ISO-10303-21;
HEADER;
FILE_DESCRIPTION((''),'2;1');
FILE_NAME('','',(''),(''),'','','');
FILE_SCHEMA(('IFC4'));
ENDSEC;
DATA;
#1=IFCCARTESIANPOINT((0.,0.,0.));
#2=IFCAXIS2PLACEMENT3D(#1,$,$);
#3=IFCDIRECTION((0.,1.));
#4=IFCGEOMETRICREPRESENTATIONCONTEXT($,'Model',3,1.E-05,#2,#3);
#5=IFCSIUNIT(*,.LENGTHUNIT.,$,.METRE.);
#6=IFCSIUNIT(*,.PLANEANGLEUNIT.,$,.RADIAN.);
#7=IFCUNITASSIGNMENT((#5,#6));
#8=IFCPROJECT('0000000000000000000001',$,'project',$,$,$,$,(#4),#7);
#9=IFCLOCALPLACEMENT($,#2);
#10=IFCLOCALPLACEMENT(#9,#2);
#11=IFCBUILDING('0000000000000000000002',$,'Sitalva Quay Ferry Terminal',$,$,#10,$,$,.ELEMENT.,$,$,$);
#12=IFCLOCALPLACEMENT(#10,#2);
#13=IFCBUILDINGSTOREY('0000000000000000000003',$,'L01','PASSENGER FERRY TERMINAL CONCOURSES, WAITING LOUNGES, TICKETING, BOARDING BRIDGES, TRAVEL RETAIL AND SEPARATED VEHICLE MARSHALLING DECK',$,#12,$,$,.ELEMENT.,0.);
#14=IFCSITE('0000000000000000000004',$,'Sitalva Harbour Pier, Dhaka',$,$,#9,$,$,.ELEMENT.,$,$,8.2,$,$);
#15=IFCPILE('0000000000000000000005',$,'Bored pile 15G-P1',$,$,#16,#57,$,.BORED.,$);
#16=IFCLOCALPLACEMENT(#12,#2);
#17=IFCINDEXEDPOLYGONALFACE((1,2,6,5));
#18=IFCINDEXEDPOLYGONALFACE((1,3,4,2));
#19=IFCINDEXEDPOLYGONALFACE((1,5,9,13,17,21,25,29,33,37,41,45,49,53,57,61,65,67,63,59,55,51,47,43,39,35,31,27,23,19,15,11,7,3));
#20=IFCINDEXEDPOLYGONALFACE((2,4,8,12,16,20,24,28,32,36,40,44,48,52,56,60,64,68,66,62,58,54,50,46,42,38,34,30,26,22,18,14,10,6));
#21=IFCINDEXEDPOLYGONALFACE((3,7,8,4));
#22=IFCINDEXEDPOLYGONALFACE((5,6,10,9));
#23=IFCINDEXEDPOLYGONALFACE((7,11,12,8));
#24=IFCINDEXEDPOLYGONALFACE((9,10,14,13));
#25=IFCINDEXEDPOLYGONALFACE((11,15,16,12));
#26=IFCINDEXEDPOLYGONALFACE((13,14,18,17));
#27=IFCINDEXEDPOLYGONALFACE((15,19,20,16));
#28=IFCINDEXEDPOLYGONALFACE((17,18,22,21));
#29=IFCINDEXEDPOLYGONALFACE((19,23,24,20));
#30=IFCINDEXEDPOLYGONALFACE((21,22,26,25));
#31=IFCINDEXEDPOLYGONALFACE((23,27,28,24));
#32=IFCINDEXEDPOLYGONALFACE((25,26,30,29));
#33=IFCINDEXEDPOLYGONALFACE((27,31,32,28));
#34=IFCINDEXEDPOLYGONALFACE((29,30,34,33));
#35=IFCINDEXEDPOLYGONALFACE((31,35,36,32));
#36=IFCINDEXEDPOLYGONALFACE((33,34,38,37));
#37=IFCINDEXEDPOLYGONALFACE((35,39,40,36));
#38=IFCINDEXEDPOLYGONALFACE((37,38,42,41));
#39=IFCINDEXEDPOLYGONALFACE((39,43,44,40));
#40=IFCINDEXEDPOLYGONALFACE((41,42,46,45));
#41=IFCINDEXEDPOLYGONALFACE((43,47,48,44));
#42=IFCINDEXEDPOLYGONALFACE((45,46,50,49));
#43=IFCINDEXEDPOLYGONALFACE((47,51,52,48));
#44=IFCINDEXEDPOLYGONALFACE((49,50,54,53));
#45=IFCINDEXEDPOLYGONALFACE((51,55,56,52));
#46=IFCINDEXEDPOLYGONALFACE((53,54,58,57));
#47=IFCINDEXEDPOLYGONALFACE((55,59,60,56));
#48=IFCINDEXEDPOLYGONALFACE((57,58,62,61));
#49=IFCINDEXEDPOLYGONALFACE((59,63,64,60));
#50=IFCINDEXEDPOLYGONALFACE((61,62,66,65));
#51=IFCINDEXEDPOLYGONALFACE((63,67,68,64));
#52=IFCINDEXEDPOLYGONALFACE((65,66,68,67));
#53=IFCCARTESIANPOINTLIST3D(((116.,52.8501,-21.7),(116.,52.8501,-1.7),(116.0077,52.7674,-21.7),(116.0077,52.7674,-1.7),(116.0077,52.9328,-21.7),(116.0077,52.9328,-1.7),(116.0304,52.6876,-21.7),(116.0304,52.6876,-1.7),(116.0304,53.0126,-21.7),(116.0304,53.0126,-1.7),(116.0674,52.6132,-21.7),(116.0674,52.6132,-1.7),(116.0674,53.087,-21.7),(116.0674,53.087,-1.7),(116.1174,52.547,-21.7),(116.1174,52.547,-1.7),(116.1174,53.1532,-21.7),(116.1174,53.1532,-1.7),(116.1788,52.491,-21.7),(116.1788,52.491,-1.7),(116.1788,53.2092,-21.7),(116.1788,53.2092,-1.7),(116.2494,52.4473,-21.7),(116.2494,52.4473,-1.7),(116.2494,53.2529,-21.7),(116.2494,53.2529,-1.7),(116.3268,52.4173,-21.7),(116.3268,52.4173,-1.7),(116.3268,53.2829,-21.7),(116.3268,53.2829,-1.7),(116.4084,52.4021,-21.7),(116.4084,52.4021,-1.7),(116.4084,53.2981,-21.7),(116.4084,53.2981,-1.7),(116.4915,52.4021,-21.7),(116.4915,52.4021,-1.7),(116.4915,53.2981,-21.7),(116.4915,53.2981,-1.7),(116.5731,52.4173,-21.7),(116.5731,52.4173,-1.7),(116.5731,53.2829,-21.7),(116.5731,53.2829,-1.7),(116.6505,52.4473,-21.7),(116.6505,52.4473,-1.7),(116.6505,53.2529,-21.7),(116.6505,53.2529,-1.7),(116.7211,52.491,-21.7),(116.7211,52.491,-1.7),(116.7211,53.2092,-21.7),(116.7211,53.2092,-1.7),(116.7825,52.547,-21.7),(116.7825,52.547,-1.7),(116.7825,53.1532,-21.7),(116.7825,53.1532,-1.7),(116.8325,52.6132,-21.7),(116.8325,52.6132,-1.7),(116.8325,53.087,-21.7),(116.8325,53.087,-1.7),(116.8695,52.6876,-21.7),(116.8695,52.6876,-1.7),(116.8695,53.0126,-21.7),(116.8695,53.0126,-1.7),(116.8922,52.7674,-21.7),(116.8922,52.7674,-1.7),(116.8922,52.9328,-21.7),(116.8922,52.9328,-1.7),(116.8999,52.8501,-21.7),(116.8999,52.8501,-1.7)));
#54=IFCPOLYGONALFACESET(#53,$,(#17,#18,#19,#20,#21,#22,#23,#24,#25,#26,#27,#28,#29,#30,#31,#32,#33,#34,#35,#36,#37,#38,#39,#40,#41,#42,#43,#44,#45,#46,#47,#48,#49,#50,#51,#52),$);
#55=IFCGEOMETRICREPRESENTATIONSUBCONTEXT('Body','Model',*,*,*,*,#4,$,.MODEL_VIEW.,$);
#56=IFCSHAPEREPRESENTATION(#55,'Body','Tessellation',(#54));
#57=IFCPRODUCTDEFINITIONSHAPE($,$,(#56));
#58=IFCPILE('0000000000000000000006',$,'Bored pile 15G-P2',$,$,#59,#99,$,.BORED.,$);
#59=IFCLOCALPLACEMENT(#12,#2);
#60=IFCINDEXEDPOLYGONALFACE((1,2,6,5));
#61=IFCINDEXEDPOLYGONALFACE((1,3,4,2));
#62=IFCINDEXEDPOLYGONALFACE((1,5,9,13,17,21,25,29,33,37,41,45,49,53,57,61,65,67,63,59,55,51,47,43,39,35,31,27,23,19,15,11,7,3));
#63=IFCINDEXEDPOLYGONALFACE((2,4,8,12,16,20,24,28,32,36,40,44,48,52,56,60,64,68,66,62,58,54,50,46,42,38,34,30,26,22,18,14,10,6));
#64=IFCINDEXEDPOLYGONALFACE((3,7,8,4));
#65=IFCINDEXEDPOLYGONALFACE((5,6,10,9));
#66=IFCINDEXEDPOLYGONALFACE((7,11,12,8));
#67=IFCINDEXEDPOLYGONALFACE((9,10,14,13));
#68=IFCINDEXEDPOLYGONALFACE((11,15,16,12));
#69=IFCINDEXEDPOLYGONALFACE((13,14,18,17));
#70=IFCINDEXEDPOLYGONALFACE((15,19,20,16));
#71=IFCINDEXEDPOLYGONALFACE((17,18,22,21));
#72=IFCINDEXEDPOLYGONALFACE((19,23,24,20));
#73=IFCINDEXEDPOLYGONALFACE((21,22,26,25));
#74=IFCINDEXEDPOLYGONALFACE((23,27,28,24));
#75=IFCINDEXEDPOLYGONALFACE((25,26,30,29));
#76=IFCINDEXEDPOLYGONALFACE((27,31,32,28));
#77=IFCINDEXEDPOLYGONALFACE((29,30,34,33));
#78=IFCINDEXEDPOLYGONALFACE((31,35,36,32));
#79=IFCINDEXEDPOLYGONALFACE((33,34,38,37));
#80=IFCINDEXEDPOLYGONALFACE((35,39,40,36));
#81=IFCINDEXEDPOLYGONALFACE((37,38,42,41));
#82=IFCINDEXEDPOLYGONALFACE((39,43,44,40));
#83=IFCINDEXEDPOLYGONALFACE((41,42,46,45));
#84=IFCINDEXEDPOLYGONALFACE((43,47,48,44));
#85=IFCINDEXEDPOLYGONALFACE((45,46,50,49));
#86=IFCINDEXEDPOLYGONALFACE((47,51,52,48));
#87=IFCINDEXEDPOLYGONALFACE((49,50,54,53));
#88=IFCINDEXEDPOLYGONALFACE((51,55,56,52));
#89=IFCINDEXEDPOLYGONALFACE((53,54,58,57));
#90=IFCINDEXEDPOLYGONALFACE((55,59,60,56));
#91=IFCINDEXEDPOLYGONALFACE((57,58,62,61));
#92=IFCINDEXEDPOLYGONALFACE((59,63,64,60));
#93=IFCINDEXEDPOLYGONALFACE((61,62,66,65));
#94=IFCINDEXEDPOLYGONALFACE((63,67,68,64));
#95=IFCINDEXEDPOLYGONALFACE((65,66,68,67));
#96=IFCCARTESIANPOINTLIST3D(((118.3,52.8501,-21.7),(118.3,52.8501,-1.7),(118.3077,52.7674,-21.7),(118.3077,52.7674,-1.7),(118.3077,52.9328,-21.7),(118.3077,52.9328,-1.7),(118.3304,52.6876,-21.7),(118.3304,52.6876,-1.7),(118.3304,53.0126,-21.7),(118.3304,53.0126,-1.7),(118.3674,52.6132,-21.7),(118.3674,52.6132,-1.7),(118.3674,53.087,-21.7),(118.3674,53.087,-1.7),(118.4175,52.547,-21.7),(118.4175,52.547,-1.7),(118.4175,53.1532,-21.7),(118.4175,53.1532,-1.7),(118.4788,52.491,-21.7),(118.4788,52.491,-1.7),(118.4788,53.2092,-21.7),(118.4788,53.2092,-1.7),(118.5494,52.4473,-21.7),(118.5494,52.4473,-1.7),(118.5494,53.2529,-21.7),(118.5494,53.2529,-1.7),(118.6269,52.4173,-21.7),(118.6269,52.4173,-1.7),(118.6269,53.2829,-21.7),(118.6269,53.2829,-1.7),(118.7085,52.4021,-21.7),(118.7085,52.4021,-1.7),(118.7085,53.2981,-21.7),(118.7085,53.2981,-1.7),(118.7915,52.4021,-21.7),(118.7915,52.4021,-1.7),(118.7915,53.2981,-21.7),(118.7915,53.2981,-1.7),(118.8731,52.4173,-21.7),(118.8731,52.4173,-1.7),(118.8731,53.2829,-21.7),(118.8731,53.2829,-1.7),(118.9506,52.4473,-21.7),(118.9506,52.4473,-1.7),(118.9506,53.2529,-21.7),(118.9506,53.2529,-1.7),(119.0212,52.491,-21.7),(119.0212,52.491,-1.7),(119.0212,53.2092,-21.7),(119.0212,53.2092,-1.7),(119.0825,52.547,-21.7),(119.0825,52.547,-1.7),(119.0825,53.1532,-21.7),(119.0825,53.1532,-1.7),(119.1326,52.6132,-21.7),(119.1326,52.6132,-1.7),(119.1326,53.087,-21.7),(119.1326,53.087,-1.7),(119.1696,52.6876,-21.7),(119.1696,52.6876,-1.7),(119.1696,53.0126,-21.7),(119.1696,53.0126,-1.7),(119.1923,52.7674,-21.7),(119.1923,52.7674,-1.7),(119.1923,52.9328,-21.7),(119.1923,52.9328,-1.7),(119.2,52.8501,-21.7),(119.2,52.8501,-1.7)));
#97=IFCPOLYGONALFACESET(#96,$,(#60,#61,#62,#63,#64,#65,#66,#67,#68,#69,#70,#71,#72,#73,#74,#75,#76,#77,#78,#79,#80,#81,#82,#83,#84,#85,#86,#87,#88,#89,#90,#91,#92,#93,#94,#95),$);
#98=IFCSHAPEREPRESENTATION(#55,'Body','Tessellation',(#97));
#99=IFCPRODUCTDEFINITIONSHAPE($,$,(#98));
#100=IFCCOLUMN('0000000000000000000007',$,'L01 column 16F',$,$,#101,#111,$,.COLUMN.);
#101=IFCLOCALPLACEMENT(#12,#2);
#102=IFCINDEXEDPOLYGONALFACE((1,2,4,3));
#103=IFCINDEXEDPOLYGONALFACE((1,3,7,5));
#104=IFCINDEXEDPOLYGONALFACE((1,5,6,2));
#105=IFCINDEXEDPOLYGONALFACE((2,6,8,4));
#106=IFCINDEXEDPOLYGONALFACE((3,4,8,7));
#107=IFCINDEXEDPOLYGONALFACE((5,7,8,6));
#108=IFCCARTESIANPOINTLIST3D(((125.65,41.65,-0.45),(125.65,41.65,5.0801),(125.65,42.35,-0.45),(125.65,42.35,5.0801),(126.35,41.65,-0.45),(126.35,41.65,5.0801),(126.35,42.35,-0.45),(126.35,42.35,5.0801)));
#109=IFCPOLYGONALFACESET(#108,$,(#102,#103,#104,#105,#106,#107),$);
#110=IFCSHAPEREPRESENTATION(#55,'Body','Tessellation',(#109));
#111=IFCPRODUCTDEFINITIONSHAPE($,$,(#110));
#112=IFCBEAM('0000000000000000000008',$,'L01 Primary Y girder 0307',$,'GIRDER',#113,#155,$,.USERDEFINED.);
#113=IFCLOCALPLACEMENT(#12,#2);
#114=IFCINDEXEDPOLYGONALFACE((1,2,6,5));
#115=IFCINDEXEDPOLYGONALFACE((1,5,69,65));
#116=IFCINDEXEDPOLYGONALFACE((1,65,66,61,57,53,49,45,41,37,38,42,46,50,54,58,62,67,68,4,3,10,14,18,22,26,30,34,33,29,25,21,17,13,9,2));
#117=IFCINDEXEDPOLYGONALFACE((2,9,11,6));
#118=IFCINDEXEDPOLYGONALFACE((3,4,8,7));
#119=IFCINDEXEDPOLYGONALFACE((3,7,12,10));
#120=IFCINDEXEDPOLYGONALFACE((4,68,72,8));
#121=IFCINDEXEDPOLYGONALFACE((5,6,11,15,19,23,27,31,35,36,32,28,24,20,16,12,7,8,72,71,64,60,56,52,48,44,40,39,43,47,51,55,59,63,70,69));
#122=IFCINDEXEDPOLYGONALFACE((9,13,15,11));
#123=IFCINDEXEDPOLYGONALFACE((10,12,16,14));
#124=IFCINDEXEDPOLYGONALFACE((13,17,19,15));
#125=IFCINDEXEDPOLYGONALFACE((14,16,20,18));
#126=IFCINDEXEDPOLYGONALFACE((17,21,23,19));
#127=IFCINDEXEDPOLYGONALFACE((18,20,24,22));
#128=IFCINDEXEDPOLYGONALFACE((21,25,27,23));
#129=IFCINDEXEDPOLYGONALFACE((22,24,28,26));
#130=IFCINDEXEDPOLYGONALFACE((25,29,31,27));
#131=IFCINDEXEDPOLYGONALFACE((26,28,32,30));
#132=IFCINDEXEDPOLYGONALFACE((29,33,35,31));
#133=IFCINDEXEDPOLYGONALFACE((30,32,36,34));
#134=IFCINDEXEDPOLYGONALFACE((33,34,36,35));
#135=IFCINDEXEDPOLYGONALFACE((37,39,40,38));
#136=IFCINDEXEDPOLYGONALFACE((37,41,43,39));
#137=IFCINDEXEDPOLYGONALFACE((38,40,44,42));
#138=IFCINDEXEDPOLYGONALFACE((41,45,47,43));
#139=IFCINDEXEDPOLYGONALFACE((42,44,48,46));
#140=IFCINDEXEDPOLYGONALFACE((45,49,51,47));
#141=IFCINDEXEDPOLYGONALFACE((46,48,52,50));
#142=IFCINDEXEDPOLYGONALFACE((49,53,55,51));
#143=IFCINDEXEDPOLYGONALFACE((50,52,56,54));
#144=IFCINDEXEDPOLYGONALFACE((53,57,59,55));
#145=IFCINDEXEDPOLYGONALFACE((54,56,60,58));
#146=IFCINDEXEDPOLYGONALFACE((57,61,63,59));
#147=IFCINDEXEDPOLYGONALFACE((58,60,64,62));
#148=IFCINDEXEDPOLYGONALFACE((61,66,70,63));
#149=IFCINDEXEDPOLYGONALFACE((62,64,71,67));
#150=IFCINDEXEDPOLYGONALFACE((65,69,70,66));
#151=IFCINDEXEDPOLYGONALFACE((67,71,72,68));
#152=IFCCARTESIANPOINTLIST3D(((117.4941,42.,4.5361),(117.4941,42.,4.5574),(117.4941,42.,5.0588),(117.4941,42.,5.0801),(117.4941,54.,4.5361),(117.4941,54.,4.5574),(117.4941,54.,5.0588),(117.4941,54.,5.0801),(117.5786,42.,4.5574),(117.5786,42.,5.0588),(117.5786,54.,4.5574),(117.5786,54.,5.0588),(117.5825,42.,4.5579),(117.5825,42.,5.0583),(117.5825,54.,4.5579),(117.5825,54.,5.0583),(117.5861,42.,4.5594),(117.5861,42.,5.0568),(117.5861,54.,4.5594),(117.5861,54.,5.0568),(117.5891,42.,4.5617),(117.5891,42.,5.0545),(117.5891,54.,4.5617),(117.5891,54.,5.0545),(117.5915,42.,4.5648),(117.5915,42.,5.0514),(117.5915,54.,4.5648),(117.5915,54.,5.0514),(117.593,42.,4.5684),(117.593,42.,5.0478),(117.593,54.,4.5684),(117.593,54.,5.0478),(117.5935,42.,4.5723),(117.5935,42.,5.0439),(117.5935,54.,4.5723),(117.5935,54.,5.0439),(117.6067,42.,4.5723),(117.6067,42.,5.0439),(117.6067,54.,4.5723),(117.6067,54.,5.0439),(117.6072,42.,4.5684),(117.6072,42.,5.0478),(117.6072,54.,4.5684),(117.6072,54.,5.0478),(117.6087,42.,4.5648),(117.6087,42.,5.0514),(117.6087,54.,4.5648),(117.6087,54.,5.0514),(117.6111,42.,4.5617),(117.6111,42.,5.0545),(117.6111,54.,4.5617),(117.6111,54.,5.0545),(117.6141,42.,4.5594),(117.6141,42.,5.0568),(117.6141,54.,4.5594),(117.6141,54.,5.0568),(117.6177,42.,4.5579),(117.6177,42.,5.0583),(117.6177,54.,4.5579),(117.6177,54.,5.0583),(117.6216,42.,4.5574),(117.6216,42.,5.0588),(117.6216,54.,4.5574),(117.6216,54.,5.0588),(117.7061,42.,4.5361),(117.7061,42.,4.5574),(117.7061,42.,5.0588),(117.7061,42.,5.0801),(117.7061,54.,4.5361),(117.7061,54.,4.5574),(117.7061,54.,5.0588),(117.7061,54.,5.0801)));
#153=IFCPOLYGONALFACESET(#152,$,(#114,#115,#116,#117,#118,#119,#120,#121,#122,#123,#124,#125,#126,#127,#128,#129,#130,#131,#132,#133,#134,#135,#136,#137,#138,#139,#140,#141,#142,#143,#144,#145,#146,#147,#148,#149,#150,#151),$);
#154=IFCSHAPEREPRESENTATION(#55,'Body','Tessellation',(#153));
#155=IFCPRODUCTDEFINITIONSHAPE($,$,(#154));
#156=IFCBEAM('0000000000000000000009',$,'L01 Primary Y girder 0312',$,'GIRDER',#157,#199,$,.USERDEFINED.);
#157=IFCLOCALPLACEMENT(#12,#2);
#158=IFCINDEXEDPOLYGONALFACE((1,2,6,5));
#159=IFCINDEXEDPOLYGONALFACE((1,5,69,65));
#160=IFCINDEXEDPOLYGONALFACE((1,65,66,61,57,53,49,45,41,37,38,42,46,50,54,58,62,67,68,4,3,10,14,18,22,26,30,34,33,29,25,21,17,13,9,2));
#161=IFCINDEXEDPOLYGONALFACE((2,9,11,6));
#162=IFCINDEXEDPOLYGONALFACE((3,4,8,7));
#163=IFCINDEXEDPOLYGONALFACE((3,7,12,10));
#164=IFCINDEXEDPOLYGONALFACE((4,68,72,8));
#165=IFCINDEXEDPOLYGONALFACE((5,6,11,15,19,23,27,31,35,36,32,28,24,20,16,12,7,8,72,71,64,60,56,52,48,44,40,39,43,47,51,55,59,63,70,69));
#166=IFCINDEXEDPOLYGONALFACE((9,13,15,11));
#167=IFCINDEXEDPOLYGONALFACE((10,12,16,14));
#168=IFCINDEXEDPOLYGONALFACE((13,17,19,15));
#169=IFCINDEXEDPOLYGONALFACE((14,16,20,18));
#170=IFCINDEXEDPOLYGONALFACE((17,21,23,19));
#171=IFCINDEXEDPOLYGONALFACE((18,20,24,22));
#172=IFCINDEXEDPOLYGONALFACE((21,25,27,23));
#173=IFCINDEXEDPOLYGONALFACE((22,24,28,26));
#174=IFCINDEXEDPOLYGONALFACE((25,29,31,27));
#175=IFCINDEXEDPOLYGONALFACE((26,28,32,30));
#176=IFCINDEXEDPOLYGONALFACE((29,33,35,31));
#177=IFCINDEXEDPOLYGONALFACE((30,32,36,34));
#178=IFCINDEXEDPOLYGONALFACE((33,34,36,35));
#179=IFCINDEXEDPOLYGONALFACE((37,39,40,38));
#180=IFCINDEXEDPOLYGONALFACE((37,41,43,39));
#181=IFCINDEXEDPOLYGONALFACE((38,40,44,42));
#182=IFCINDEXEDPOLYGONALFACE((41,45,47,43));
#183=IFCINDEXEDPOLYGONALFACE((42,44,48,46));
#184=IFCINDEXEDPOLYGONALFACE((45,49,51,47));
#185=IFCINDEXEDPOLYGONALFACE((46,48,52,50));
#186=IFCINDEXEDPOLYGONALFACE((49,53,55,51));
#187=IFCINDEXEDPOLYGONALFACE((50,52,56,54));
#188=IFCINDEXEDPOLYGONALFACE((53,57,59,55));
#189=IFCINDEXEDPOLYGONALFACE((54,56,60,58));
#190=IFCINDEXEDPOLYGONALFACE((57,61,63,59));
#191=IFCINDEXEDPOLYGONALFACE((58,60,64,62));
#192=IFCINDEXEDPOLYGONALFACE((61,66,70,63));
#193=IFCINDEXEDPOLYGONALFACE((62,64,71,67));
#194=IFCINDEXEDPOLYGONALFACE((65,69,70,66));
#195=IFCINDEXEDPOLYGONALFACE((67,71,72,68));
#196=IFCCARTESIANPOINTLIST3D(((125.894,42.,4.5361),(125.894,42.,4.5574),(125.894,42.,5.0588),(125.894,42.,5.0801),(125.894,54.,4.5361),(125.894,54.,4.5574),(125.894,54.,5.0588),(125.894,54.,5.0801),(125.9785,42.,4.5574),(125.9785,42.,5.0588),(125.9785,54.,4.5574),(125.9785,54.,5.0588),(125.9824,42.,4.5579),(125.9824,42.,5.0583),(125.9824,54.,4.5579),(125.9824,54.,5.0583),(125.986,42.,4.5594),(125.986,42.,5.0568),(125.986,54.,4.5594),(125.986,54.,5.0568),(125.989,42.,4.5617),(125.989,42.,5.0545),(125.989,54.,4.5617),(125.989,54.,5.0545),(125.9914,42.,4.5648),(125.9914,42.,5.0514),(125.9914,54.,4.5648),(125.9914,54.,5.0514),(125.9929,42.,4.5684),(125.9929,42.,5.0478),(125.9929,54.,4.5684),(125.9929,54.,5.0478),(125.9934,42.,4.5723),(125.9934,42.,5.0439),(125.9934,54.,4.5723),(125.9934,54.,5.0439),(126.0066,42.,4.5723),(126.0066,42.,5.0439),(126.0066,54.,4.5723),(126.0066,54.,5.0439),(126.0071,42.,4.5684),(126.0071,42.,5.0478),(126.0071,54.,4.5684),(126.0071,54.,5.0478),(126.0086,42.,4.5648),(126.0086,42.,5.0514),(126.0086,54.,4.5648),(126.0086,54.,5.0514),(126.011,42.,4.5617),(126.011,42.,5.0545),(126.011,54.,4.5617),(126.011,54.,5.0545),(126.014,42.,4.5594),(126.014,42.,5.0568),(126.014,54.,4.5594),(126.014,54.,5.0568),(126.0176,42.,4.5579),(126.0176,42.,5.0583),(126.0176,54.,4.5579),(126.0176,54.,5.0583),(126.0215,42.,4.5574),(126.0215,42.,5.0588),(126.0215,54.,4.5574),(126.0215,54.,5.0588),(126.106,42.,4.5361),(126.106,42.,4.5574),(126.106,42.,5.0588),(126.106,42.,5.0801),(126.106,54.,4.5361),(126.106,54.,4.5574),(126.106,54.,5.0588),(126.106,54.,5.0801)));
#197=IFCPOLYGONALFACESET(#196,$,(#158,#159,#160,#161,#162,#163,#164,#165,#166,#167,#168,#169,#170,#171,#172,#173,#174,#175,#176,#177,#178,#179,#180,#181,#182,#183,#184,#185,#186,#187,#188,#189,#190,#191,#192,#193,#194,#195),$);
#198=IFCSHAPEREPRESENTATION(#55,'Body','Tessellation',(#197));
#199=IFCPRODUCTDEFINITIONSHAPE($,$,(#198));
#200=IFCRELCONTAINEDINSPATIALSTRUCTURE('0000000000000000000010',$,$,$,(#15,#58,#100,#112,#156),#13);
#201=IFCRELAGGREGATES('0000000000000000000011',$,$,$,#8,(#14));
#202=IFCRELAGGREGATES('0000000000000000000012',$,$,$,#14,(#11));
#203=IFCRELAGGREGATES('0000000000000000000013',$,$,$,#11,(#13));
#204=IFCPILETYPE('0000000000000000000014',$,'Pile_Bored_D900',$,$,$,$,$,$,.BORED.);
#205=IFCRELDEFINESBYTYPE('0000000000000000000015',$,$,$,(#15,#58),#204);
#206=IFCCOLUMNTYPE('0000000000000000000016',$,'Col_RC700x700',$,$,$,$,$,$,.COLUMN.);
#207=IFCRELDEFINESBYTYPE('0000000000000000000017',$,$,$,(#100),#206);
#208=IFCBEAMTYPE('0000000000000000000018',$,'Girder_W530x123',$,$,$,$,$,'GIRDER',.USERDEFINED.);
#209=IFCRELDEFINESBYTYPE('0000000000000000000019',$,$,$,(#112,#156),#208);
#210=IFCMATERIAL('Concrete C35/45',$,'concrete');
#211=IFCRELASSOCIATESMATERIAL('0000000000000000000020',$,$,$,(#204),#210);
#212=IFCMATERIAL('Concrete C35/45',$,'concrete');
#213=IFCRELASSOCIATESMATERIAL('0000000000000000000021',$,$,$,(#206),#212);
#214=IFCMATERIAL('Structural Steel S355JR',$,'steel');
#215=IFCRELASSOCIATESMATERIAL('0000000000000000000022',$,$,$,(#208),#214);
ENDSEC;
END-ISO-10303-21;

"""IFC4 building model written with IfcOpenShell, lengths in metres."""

from ifc_helpers import new_model, si_unit, direction, frame, origin, origin_2d, place, context, subcontext, project, spatial, rectangle, circle, i_section, extrude, material, material_profile, profile_set, type_object, element, save


model = new_model("IFC4")

# Units and contexts
model_context = context("Model", 3, precision=1e-05, world=origin(), true_north=direction((0.0, 1.0)))
body_context = subcontext(model_context, "Body", "Model", "MODEL_VIEW")
ifc_project = project(units=[si_unit("LENGTHUNIT", "METRE"), si_unit("PLANEANGLEUNIT", "RADIAN")], contexts=[model_context])

# Site, building, storey
site_placement = place(None, origin())
site = spatial("IfcSite", under=ifc_project, at=site_placement, Name="Sitalva Harbour Pier, Dhaka", CompositionType="ELEMENT", RefElevation=8.2)
building_placement = place(site_placement, origin())
building = spatial("IfcBuilding", under=site, at=building_placement, Name="Sitalva Quay Ferry Terminal", CompositionType="ELEMENT")
storey_placement = place(building_placement, origin())
storey = spatial("IfcBuildingStorey", under=building, at=storey_placement, Name="L01", Description="PASSENGER FERRY TERMINAL CONCOURSES, WAITING LOUNGES, TICKETING, BOARDING BRIDGES, TRAVEL RETAIL AND SEPARATED VEHICLE MARSHALLING DECK", CompositionType="ELEMENT", Elevation=0.0)

# Piles
ifc_material_1 = material(Name="Concrete C35/45", Category="concrete")
ifc_material_profile_1 = material_profile(ifc_material_1, circle(Radius=0.45, at=origin_2d()), Name="PILE-D900")
ifc_profile_set_1 = profile_set([ifc_material_profile_1], Name="Concrete C35/45")
pile_type_1 = type_object("IfcPileType", Name="Pile_Bored_D900", PredefinedType="BORED", material=ifc_profile_set_1)
for number, where, z_axis, x_axis, name in (
    (1, (116.45, 52.8501, -1.7), (0.0, 0.0, -1.0), (1.0, 0.0, 0.0), "Bored pile 15G-P1"),
    (2, (118.75, 52.8501, -1.7), (0.0, 0.0, -1.0), (1.0, 0.0, 0.0), "Bored pile 15G-P2"),
):
    element("IfcPile", number, at=place(storey_placement, frame(where, z_axis=z_axis, x_axis=x_axis)), inside=storey, type_object=pile_type_1, Name=name, PredefinedType="BORED", context=body_context, shape_type="SweptSolid", body=[
        extrude(circle(Radius=0.45, at=origin_2d()), origin(), (0.0, 0.0, 1.0), 20.0),
    ])

# Column
ifc_material_2 = material(Name="Concrete C35/45", Category="concrete")
ifc_material_profile_2 = material_profile(ifc_material_2, rectangle(XDim=0.7, YDim=0.7, at=origin_2d()), Name="RC700x700")
ifc_profile_set_2 = profile_set([ifc_material_profile_2], Name="Concrete C35/45")
column_type = type_object("IfcColumnType", Name="Col_RC700x700", PredefinedType="COLUMN", material=ifc_profile_set_2)
column_placement = place(storey_placement, frame((126.0, 42.0, -0.45), z_axis=(0.0, 0.0, 1.0), x_axis=(1.0, 0.0, 0.0)))
element("IfcColumn", 3, at=column_placement, inside=storey, type_object=column_type, Name="L01 column 16F", PredefinedType="COLUMN", context=body_context, shape_type="SweptSolid", body=[
    extrude(rectangle(XDim=0.7, YDim=0.7, at=origin_2d()), origin(), (0.0, 0.0, 1.0), 5.53),
])

# Beams
ifc_material_3 = material(Name="Structural Steel S355JR", Category="steel")
ifc_material_profile_3 = material_profile(ifc_material_3, i_section(OverallWidth=0.2119, OverallDepth=0.5439, WebThickness=0.0132, FlangeThickness=0.0212, FilletRadius=0.0149, at=origin_2d()), Name="W530x123")
ifc_profile_set_3 = profile_set([ifc_material_profile_3], Name="Structural Steel S355JR")
beam_type_1 = type_object("IfcBeamType", Name="Girder_W530x123", ElementType="GIRDER", PredefinedType="USERDEFINED", material=ifc_profile_set_3)
for number, where, z_axis, x_axis, name in (
    (4, (117.6001, 42.0, 4.8081), (0.0, 1.0, 0.0), (-1.0, 0.0, 0.0), "L01 Primary Y girder 0307"),
    (5, (126.0, 42.0, 4.8081), (0.0, 1.0, 0.0), (-1.0, 0.0, 0.0), "L01 Primary Y girder 0312"),
):
    element("IfcBeam", number, at=place(storey_placement, frame(where, z_axis=z_axis, x_axis=x_axis)), inside=storey, type_object=beam_type_1, Name=name, ObjectType="GIRDER", PredefinedType="USERDEFINED", context=body_context, shape_type="SweptSolid", body=[
        extrude(i_section(OverallWidth=0.2119, OverallDepth=0.5439, WebThickness=0.0132, FlangeThickness=0.0212, FilletRadius=0.0149, at=origin_2d()), origin(), (0.0, 0.0, 1.0), 12.0),
    ])

save(model, "model.ifc")
